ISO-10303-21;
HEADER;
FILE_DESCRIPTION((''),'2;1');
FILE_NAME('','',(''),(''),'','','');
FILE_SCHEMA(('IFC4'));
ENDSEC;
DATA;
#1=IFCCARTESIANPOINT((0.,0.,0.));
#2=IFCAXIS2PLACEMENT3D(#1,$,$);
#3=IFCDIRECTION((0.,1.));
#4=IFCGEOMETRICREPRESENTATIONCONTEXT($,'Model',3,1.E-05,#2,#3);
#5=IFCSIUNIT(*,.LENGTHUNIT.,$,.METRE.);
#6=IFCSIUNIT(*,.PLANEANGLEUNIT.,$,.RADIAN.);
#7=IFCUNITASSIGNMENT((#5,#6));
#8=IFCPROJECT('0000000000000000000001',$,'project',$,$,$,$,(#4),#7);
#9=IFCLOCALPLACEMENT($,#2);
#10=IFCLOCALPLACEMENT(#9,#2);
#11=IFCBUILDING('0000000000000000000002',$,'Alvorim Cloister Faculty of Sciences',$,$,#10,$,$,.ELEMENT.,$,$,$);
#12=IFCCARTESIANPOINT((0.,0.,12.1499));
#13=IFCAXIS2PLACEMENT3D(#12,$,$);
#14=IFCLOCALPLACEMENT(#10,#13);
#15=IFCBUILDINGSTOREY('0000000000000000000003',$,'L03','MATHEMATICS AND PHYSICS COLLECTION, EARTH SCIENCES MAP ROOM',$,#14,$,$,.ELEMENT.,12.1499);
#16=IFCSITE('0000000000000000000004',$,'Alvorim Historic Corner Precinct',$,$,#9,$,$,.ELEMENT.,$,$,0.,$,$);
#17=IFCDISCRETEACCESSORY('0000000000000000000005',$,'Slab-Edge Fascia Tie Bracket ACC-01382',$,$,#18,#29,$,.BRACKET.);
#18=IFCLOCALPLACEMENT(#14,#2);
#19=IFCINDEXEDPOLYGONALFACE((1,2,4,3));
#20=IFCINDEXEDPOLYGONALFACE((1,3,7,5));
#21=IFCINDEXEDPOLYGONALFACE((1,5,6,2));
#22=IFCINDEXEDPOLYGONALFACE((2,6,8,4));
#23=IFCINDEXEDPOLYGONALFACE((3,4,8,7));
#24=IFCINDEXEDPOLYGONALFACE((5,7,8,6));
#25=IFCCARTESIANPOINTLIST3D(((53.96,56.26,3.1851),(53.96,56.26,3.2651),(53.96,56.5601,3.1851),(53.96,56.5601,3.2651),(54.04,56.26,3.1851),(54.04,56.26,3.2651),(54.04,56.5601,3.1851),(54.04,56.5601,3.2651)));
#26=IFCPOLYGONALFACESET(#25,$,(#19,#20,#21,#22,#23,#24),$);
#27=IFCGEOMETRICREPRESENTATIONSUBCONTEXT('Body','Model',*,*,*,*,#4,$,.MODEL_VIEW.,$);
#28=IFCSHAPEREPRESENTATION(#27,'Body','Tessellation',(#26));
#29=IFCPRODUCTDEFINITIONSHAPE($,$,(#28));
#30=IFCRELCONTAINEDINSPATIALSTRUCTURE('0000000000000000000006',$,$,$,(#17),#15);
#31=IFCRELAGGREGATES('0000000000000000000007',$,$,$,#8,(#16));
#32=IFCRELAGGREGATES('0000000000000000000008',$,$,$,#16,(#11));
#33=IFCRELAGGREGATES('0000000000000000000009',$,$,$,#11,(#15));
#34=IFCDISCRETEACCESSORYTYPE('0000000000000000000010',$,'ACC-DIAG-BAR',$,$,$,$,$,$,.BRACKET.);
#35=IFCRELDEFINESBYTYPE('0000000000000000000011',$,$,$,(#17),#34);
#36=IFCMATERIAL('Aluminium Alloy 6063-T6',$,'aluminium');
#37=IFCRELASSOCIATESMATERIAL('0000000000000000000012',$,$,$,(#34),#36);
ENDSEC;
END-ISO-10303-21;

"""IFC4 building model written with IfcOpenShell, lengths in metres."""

from ifc_helpers import new_model, si_unit, direction, frame, origin, origin_2d, place, context, subcontext, project, spatial, rectangle, extrude, material, type_object, element, save


model = new_model("IFC4")

# Units and contexts
model_context = context("Model", 3, precision=1e-05, world=origin(), true_north=direction((0.0, 1.0)))
body_context = subcontext(model_context, "Body", "Model", "MODEL_VIEW")
ifc_project = project(units=[si_unit("LENGTHUNIT", "METRE"), si_unit("PLANEANGLEUNIT", "RADIAN")], contexts=[model_context])

# Site, building, storey
site_placement = place(None, origin())
site = spatial("IfcSite", under=ifc_project, at=site_placement, Name="Alvorim Historic Corner Precinct", CompositionType="ELEMENT", RefElevation=0.0)
building_placement = place(site_placement, origin())
building = spatial("IfcBuilding", under=site, at=building_placement, Name="Alvorim Cloister Faculty of Sciences", CompositionType="ELEMENT")
storey_placement = place(building_placement, frame((0.0, 0.0, 12.1499)))
storey = spatial("IfcBuildingStorey", under=building, at=storey_placement, Name="L03", Description="MATHEMATICS AND PHYSICS COLLECTION, EARTH SCIENCES MAP ROOM", CompositionType="ELEMENT", Elevation=12.1499)

# Shared definitions
ifc_material_1 = material(Name="Aluminium Alloy 6063-T6", Category="aluminium")

# Discrete accessory
discrete_accessory_type = type_object("IfcDiscreteAccessoryType", Name="ACC-DIAG-BAR", PredefinedType="BRACKET", material=ifc_material_1)
discrete_accessory_placement = place(storey_placement, frame((54.0, 56.26, 3.2251), z_axis=(0.0, 1.0, 0.0), x_axis=(-1.0, 0.0, 0.0)))
element("IfcDiscreteAccessory", 1, at=discrete_accessory_placement, inside=storey, type_object=discrete_accessory_type, Name="Slab-Edge Fascia Tie Bracket ACC-01382", PredefinedType="BRACKET", context=body_context, shape_type="SweptSolid", body=[
    extrude(rectangle(XDim=0.0801, YDim=0.0801, at=origin_2d()), origin(), (0.0, 0.0, 1.0), 0.3),
])

save(model, "model.ifc")
